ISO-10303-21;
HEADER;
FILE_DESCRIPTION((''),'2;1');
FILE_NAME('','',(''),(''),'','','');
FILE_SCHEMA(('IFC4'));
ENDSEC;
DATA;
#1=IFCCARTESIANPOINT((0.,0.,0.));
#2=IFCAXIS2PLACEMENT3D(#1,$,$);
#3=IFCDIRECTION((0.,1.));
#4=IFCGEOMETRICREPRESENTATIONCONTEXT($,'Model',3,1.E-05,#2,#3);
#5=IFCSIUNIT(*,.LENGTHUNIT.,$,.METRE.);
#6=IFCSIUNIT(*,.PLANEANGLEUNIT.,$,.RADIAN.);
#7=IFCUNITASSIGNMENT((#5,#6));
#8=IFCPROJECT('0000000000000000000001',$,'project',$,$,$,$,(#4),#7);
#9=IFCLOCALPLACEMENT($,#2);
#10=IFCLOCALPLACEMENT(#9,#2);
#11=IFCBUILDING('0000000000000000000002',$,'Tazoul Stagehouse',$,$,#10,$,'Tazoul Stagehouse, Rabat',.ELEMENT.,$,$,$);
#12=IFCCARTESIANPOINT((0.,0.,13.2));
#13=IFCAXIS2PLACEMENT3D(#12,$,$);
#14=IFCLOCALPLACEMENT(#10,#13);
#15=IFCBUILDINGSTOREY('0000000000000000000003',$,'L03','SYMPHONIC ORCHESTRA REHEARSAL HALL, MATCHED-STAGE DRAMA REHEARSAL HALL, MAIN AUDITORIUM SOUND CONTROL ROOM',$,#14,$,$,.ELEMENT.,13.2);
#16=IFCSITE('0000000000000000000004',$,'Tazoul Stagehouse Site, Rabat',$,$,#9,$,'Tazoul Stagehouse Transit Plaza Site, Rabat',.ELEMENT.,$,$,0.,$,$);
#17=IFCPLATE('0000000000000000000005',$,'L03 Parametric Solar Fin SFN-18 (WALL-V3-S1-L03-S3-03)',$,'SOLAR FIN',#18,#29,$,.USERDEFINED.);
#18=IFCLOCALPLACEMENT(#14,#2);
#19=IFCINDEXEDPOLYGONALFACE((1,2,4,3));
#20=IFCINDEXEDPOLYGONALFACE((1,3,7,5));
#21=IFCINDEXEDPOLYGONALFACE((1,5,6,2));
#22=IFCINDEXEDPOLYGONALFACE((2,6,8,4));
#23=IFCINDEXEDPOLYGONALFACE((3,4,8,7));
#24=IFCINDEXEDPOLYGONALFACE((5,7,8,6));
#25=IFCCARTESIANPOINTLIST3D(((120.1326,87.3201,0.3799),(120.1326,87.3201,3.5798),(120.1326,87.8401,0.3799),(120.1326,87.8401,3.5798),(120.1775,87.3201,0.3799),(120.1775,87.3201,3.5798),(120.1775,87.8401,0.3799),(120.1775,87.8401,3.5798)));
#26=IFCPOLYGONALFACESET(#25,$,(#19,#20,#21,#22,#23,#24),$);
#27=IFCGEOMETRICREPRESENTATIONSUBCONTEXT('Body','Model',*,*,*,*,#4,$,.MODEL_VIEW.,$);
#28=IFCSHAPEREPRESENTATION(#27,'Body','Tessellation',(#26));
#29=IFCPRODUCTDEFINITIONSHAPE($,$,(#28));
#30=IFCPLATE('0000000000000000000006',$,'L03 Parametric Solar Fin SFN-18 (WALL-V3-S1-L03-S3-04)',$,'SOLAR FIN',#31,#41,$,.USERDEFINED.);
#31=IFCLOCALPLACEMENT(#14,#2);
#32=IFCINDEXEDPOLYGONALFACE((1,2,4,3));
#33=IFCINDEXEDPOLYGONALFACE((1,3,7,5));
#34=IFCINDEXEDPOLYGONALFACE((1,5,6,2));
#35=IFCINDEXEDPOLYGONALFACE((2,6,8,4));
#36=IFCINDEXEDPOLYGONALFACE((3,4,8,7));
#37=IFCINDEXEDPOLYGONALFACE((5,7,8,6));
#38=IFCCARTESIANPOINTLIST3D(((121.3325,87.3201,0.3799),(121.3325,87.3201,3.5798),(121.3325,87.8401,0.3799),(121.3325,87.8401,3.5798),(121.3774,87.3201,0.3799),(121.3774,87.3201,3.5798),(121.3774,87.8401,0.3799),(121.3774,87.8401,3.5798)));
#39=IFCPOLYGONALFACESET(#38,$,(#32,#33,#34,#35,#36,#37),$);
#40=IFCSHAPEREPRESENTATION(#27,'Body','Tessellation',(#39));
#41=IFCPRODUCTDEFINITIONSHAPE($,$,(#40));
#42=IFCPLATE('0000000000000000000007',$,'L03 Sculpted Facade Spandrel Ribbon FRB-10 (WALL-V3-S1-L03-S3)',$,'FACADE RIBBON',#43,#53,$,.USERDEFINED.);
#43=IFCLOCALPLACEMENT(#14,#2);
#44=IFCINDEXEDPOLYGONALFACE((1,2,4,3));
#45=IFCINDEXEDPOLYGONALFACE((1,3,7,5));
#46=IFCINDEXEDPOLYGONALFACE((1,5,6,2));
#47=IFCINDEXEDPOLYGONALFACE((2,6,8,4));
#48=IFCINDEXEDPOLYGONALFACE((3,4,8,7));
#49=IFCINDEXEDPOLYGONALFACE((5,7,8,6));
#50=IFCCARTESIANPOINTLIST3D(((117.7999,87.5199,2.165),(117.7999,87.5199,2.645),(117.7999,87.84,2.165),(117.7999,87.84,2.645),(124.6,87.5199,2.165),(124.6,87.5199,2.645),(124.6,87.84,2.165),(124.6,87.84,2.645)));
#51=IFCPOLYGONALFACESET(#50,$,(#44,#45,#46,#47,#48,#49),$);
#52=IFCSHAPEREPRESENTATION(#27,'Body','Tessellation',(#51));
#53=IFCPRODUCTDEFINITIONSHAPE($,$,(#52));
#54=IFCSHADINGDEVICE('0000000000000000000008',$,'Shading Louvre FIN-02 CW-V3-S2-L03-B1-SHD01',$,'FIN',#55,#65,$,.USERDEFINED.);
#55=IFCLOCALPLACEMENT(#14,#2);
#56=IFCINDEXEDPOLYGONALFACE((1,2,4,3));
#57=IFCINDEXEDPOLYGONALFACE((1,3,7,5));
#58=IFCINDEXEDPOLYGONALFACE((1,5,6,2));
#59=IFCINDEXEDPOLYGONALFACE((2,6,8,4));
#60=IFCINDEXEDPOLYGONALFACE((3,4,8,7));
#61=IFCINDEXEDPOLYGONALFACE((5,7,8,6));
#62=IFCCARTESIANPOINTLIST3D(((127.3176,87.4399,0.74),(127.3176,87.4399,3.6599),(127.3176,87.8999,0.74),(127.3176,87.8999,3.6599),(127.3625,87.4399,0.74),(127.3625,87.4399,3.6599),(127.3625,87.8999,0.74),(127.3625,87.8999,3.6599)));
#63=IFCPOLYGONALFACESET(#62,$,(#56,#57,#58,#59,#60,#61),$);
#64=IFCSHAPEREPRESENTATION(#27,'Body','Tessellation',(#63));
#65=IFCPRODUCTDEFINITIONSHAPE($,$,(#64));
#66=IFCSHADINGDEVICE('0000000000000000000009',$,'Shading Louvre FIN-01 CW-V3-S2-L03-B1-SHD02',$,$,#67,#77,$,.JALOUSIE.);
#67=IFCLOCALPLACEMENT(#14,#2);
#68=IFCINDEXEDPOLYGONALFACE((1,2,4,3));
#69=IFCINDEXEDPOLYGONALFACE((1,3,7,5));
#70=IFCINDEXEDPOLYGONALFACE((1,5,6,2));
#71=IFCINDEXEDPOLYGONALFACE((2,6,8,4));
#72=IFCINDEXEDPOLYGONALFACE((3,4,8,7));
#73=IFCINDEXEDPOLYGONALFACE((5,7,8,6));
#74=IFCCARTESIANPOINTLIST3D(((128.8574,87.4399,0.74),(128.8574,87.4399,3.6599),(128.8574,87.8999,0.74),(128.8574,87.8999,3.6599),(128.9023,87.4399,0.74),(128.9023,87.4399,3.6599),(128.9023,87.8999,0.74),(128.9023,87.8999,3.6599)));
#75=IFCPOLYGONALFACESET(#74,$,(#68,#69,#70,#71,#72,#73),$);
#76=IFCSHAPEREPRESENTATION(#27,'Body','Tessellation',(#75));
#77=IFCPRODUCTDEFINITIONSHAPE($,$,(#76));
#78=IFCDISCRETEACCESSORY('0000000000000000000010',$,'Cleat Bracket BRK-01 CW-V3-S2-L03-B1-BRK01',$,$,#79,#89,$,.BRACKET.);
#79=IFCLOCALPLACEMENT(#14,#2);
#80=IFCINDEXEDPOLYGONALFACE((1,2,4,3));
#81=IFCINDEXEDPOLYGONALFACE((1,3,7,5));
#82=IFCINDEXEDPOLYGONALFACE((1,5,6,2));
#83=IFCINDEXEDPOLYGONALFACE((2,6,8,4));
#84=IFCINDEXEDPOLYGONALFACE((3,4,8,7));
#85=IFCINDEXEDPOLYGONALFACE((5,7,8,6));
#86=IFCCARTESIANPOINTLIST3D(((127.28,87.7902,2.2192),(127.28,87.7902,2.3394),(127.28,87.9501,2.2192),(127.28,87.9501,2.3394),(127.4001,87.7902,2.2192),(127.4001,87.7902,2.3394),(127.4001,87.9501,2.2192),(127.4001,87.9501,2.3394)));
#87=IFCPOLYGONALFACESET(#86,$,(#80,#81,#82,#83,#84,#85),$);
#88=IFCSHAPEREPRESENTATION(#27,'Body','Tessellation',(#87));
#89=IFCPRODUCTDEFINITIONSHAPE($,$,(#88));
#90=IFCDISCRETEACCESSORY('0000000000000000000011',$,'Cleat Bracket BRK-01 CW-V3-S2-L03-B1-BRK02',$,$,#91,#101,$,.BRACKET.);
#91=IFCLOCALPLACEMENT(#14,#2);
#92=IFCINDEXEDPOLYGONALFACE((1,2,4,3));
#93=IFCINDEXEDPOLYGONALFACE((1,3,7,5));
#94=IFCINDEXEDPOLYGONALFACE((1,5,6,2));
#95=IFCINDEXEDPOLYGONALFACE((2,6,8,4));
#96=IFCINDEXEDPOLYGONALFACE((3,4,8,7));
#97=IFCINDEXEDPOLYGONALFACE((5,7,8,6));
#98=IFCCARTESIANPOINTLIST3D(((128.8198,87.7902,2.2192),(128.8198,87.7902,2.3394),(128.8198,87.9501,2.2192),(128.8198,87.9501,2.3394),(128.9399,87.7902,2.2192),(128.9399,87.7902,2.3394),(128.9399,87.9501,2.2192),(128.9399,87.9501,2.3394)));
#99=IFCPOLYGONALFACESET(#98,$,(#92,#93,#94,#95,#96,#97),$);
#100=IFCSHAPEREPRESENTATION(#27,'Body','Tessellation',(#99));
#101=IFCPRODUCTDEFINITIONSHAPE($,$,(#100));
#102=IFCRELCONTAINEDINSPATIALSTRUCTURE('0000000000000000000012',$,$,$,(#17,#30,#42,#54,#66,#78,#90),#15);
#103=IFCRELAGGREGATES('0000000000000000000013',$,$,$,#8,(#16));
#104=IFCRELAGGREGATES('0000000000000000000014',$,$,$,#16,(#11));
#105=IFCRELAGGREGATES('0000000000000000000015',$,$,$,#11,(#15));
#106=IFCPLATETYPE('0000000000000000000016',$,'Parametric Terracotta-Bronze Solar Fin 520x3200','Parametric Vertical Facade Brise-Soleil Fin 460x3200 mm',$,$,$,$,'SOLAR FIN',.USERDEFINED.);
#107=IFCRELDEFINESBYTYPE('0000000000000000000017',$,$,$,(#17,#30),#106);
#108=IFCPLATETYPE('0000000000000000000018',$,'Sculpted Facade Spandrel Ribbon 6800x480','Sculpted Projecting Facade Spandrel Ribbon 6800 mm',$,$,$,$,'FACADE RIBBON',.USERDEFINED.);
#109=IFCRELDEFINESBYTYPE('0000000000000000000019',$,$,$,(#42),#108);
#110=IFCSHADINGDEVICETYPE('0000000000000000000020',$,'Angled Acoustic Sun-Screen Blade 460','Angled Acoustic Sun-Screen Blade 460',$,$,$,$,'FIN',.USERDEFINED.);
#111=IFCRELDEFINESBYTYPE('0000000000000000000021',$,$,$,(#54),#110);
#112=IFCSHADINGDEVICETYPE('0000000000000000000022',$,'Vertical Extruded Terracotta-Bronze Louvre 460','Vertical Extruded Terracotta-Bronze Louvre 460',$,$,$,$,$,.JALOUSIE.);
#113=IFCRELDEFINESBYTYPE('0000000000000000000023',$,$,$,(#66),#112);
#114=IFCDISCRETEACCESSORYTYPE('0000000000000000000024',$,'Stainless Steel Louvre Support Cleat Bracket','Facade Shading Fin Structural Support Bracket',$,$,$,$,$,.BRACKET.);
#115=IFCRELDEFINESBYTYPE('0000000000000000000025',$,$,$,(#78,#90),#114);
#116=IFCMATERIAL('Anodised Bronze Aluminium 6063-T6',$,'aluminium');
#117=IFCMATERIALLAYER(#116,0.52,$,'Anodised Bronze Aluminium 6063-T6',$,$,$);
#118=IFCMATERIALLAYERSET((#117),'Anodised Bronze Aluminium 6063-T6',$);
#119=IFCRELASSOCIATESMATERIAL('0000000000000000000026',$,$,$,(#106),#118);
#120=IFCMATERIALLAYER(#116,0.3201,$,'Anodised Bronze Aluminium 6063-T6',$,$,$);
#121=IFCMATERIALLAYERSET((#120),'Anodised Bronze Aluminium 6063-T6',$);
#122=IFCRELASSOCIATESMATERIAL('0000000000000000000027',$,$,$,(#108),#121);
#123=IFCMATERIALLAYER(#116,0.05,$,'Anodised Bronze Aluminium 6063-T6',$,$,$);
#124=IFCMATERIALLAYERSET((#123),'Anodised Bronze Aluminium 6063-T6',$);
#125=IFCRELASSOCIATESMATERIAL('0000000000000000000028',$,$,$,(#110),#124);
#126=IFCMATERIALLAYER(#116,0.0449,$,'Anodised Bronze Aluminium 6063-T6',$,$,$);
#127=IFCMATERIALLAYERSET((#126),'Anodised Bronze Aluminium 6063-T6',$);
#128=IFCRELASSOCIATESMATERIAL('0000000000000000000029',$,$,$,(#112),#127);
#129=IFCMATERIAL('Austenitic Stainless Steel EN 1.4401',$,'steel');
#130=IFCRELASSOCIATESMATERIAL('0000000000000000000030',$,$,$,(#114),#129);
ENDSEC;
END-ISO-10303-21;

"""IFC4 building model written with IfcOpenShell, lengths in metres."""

from ifc_helpers import new_model, si_unit, direction, frame, origin, origin_2d, place, context, subcontext, project, spatial, rectangle, extrude, material, layer, layer_set, type_object, element, save


model = new_model("IFC4")

# Units and contexts
model_context = context("Model", 3, precision=1e-05, world=origin(), true_north=direction((0.0, 1.0)))
body_context = subcontext(model_context, "Body", "Model", "MODEL_VIEW")
ifc_project = project(units=[si_unit("LENGTHUNIT", "METRE"), si_unit("PLANEANGLEUNIT", "RADIAN")], contexts=[model_context])

# Site, building, storey
site_placement = place(None, origin())
site = spatial("IfcSite", under=ifc_project, at=site_placement, Name="Tazoul Stagehouse Site, Rabat", LongName="Tazoul Stagehouse Transit Plaza Site, Rabat", CompositionType="ELEMENT", RefElevation=0.0)
building_placement = place(site_placement, origin())
building = spatial("IfcBuilding", under=site, at=building_placement, Name="Tazoul Stagehouse", LongName="Tazoul Stagehouse, Rabat", CompositionType="ELEMENT")
storey_placement = place(building_placement, frame((0.0, 0.0, 13.2)))
storey = spatial("IfcBuildingStorey", under=building, at=storey_placement, Name="L03", Description="SYMPHONIC ORCHESTRA REHEARSAL HALL, MATCHED-STAGE DRAMA REHEARSAL HALL, MAIN AUDITORIUM SOUND CONTROL ROOM", CompositionType="ELEMENT", Elevation=13.2)

# Plates
ifc_material_1 = material(Name="Anodised Bronze Aluminium 6063-T6", Category="aluminium")
ifc_layer_1 = layer(ifc_material_1, 0.52, Name="Anodised Bronze Aluminium 6063-T6")
ifc_layer_set_1 = layer_set([ifc_layer_1], Name="Anodised Bronze Aluminium 6063-T6")
plate_type_1 = type_object("IfcPlateType", Name="Parametric Terracotta-Bronze Solar Fin 520x3200", Description="Parametric Vertical Facade Brise-Soleil Fin 460x3200 mm", ElementType="SOLAR FIN", PredefinedType="USERDEFINED", material=ifc_layer_set_1)
for number, where, z_axis, x_axis, name in (
    (1, (120.155, 87.5801, 0.3799), (0.0, 0.0, 1.0), (1.0, 0.0, 0.0), "L03 Parametric Solar Fin SFN-18 (WALL-V3-S1-L03-S3-03)"),
    (2, (121.355, 87.5801, 0.3799), (0.0, 0.0, 1.0), (1.0, 0.0, 0.0), "L03 Parametric Solar Fin SFN-18 (WALL-V3-S1-L03-S3-04)"),
):
    element("IfcPlate", number, at=place(storey_placement, frame(where, z_axis=z_axis, x_axis=x_axis)), inside=storey, type_object=plate_type_1, Name=name, ObjectType="SOLAR FIN", PredefinedType="USERDEFINED", context=body_context, shape_type="SweptSolid", body=[
        extrude(rectangle(XDim=0.0449, YDim=0.52, at=origin_2d()), origin(), (0.0, 0.0, 1.0), 3.2),
    ])
ifc_layer_2 = layer(ifc_material_1, 0.3201, Name="Anodised Bronze Aluminium 6063-T6")
ifc_layer_set_2 = layer_set([ifc_layer_2], Name="Anodised Bronze Aluminium 6063-T6")
plate_type_2 = type_object("IfcPlateType", Name="Sculpted Facade Spandrel Ribbon 6800x480", Description="Sculpted Projecting Facade Spandrel Ribbon 6800 mm", ElementType="FACADE RIBBON", PredefinedType="USERDEFINED", material=ifc_layer_set_2)
plate_placement = place(storey_placement, frame((121.2, 87.6799, 2.165), z_axis=(0.0, 0.0, 1.0), x_axis=(1.0, 0.0, 0.0)))
element("IfcPlate", 3, at=plate_placement, inside=storey, type_object=plate_type_2, Name="L03 Sculpted Facade Spandrel Ribbon FRB-10 (WALL-V3-S1-L03-S3)", ObjectType="FACADE RIBBON", PredefinedType="USERDEFINED", context=body_context, shape_type="SweptSolid", body=[
    extrude(rectangle(XDim=6.8, YDim=0.3201, at=origin_2d()), origin(), (0.0, 0.0, 1.0), 0.48),
])

# Shading devices
ifc_layer_3 = layer(ifc_material_1, 0.05, Name="Anodised Bronze Aluminium 6063-T6")
ifc_layer_set_3 = layer_set([ifc_layer_3], Name="Anodised Bronze Aluminium 6063-T6")
shading_device_type_1 = type_object("IfcShadingDeviceType", Name="Angled Acoustic Sun-Screen Blade 460", Description="Angled Acoustic Sun-Screen Blade 460", ElementType="FIN", PredefinedType="USERDEFINED", material=ifc_layer_set_3)
shading_device_1_placement = place(storey_placement, frame((127.3401, 87.6699, 0.74), z_axis=(0.0, 0.0, 1.0), x_axis=(1.0, 0.0, 0.0)))
element("IfcShadingDevice", 4, at=shading_device_1_placement, inside=storey, type_object=shading_device_type_1, Name="Shading Louvre FIN-02 CW-V3-S2-L03-B1-SHD01", ObjectType="FIN", PredefinedType="USERDEFINED", context=body_context, shape_type="SweptSolid", body=[
    extrude(rectangle(XDim=0.0449, YDim=0.46, at=origin_2d()), origin(), (0.0, 0.0, 1.0), 2.9199),
])
ifc_layer_4 = layer(ifc_material_1, 0.0449, Name="Anodised Bronze Aluminium 6063-T6")
ifc_layer_set_4 = layer_set([ifc_layer_4], Name="Anodised Bronze Aluminium 6063-T6")
shading_device_type_2 = type_object("IfcShadingDeviceType", Name="Vertical Extruded Terracotta-Bronze Louvre 460", Description="Vertical Extruded Terracotta-Bronze Louvre 460", PredefinedType="JALOUSIE", material=ifc_layer_set_4)
shading_device_2_placement = place(storey_placement, frame((128.8799, 87.6699, 0.74), z_axis=(0.0, 0.0, 1.0), x_axis=(1.0, 0.0, 0.0)))
element("IfcShadingDevice", 5, at=shading_device_2_placement, inside=storey, type_object=shading_device_type_2, Name="Shading Louvre FIN-01 CW-V3-S2-L03-B1-SHD02", PredefinedType="JALOUSIE", context=body_context, shape_type="SweptSolid", body=[
    extrude(rectangle(XDim=0.0449, YDim=0.46, at=origin_2d()), origin(), (0.0, 0.0, 1.0), 2.9199),
])

# Discrete accessories
ifc_material_2 = material(Name="Austenitic Stainless Steel EN 1.4401", Category="steel")
discrete_accessory_type = type_object("IfcDiscreteAccessoryType", Name="Stainless Steel Louvre Support Cleat Bracket", Description="Facade Shading Fin Structural Support Bracket", PredefinedType="BRACKET", material=ifc_material_2)
for number, where, z_axis, x_axis, name in (
    (6, (127.3401, 87.8701, 2.2192), (0.0, 0.0, 1.0), (1.0, 0.0, 0.0), "Cleat Bracket BRK-01 CW-V3-S2-L03-B1-BRK01"),
    (7, (128.8799, 87.8701, 2.2192), (0.0, 0.0, 1.0), (1.0, 0.0, 0.0), "Cleat Bracket BRK-01 CW-V3-S2-L03-B1-BRK02"),
):
    element("IfcDiscreteAccessory", number, at=place(storey_placement, frame(where, z_axis=z_axis, x_axis=x_axis)), inside=storey, type_object=discrete_accessory_type, Name=name, PredefinedType="BRACKET", context=body_context, shape_type="SweptSolid", body=[
        extrude(rectangle(XDim=0.1201, YDim=0.1599, at=origin_2d()), origin(), (0.0, 0.0, 1.0), 0.1201),
    ])

save(model, "model.ifc")
